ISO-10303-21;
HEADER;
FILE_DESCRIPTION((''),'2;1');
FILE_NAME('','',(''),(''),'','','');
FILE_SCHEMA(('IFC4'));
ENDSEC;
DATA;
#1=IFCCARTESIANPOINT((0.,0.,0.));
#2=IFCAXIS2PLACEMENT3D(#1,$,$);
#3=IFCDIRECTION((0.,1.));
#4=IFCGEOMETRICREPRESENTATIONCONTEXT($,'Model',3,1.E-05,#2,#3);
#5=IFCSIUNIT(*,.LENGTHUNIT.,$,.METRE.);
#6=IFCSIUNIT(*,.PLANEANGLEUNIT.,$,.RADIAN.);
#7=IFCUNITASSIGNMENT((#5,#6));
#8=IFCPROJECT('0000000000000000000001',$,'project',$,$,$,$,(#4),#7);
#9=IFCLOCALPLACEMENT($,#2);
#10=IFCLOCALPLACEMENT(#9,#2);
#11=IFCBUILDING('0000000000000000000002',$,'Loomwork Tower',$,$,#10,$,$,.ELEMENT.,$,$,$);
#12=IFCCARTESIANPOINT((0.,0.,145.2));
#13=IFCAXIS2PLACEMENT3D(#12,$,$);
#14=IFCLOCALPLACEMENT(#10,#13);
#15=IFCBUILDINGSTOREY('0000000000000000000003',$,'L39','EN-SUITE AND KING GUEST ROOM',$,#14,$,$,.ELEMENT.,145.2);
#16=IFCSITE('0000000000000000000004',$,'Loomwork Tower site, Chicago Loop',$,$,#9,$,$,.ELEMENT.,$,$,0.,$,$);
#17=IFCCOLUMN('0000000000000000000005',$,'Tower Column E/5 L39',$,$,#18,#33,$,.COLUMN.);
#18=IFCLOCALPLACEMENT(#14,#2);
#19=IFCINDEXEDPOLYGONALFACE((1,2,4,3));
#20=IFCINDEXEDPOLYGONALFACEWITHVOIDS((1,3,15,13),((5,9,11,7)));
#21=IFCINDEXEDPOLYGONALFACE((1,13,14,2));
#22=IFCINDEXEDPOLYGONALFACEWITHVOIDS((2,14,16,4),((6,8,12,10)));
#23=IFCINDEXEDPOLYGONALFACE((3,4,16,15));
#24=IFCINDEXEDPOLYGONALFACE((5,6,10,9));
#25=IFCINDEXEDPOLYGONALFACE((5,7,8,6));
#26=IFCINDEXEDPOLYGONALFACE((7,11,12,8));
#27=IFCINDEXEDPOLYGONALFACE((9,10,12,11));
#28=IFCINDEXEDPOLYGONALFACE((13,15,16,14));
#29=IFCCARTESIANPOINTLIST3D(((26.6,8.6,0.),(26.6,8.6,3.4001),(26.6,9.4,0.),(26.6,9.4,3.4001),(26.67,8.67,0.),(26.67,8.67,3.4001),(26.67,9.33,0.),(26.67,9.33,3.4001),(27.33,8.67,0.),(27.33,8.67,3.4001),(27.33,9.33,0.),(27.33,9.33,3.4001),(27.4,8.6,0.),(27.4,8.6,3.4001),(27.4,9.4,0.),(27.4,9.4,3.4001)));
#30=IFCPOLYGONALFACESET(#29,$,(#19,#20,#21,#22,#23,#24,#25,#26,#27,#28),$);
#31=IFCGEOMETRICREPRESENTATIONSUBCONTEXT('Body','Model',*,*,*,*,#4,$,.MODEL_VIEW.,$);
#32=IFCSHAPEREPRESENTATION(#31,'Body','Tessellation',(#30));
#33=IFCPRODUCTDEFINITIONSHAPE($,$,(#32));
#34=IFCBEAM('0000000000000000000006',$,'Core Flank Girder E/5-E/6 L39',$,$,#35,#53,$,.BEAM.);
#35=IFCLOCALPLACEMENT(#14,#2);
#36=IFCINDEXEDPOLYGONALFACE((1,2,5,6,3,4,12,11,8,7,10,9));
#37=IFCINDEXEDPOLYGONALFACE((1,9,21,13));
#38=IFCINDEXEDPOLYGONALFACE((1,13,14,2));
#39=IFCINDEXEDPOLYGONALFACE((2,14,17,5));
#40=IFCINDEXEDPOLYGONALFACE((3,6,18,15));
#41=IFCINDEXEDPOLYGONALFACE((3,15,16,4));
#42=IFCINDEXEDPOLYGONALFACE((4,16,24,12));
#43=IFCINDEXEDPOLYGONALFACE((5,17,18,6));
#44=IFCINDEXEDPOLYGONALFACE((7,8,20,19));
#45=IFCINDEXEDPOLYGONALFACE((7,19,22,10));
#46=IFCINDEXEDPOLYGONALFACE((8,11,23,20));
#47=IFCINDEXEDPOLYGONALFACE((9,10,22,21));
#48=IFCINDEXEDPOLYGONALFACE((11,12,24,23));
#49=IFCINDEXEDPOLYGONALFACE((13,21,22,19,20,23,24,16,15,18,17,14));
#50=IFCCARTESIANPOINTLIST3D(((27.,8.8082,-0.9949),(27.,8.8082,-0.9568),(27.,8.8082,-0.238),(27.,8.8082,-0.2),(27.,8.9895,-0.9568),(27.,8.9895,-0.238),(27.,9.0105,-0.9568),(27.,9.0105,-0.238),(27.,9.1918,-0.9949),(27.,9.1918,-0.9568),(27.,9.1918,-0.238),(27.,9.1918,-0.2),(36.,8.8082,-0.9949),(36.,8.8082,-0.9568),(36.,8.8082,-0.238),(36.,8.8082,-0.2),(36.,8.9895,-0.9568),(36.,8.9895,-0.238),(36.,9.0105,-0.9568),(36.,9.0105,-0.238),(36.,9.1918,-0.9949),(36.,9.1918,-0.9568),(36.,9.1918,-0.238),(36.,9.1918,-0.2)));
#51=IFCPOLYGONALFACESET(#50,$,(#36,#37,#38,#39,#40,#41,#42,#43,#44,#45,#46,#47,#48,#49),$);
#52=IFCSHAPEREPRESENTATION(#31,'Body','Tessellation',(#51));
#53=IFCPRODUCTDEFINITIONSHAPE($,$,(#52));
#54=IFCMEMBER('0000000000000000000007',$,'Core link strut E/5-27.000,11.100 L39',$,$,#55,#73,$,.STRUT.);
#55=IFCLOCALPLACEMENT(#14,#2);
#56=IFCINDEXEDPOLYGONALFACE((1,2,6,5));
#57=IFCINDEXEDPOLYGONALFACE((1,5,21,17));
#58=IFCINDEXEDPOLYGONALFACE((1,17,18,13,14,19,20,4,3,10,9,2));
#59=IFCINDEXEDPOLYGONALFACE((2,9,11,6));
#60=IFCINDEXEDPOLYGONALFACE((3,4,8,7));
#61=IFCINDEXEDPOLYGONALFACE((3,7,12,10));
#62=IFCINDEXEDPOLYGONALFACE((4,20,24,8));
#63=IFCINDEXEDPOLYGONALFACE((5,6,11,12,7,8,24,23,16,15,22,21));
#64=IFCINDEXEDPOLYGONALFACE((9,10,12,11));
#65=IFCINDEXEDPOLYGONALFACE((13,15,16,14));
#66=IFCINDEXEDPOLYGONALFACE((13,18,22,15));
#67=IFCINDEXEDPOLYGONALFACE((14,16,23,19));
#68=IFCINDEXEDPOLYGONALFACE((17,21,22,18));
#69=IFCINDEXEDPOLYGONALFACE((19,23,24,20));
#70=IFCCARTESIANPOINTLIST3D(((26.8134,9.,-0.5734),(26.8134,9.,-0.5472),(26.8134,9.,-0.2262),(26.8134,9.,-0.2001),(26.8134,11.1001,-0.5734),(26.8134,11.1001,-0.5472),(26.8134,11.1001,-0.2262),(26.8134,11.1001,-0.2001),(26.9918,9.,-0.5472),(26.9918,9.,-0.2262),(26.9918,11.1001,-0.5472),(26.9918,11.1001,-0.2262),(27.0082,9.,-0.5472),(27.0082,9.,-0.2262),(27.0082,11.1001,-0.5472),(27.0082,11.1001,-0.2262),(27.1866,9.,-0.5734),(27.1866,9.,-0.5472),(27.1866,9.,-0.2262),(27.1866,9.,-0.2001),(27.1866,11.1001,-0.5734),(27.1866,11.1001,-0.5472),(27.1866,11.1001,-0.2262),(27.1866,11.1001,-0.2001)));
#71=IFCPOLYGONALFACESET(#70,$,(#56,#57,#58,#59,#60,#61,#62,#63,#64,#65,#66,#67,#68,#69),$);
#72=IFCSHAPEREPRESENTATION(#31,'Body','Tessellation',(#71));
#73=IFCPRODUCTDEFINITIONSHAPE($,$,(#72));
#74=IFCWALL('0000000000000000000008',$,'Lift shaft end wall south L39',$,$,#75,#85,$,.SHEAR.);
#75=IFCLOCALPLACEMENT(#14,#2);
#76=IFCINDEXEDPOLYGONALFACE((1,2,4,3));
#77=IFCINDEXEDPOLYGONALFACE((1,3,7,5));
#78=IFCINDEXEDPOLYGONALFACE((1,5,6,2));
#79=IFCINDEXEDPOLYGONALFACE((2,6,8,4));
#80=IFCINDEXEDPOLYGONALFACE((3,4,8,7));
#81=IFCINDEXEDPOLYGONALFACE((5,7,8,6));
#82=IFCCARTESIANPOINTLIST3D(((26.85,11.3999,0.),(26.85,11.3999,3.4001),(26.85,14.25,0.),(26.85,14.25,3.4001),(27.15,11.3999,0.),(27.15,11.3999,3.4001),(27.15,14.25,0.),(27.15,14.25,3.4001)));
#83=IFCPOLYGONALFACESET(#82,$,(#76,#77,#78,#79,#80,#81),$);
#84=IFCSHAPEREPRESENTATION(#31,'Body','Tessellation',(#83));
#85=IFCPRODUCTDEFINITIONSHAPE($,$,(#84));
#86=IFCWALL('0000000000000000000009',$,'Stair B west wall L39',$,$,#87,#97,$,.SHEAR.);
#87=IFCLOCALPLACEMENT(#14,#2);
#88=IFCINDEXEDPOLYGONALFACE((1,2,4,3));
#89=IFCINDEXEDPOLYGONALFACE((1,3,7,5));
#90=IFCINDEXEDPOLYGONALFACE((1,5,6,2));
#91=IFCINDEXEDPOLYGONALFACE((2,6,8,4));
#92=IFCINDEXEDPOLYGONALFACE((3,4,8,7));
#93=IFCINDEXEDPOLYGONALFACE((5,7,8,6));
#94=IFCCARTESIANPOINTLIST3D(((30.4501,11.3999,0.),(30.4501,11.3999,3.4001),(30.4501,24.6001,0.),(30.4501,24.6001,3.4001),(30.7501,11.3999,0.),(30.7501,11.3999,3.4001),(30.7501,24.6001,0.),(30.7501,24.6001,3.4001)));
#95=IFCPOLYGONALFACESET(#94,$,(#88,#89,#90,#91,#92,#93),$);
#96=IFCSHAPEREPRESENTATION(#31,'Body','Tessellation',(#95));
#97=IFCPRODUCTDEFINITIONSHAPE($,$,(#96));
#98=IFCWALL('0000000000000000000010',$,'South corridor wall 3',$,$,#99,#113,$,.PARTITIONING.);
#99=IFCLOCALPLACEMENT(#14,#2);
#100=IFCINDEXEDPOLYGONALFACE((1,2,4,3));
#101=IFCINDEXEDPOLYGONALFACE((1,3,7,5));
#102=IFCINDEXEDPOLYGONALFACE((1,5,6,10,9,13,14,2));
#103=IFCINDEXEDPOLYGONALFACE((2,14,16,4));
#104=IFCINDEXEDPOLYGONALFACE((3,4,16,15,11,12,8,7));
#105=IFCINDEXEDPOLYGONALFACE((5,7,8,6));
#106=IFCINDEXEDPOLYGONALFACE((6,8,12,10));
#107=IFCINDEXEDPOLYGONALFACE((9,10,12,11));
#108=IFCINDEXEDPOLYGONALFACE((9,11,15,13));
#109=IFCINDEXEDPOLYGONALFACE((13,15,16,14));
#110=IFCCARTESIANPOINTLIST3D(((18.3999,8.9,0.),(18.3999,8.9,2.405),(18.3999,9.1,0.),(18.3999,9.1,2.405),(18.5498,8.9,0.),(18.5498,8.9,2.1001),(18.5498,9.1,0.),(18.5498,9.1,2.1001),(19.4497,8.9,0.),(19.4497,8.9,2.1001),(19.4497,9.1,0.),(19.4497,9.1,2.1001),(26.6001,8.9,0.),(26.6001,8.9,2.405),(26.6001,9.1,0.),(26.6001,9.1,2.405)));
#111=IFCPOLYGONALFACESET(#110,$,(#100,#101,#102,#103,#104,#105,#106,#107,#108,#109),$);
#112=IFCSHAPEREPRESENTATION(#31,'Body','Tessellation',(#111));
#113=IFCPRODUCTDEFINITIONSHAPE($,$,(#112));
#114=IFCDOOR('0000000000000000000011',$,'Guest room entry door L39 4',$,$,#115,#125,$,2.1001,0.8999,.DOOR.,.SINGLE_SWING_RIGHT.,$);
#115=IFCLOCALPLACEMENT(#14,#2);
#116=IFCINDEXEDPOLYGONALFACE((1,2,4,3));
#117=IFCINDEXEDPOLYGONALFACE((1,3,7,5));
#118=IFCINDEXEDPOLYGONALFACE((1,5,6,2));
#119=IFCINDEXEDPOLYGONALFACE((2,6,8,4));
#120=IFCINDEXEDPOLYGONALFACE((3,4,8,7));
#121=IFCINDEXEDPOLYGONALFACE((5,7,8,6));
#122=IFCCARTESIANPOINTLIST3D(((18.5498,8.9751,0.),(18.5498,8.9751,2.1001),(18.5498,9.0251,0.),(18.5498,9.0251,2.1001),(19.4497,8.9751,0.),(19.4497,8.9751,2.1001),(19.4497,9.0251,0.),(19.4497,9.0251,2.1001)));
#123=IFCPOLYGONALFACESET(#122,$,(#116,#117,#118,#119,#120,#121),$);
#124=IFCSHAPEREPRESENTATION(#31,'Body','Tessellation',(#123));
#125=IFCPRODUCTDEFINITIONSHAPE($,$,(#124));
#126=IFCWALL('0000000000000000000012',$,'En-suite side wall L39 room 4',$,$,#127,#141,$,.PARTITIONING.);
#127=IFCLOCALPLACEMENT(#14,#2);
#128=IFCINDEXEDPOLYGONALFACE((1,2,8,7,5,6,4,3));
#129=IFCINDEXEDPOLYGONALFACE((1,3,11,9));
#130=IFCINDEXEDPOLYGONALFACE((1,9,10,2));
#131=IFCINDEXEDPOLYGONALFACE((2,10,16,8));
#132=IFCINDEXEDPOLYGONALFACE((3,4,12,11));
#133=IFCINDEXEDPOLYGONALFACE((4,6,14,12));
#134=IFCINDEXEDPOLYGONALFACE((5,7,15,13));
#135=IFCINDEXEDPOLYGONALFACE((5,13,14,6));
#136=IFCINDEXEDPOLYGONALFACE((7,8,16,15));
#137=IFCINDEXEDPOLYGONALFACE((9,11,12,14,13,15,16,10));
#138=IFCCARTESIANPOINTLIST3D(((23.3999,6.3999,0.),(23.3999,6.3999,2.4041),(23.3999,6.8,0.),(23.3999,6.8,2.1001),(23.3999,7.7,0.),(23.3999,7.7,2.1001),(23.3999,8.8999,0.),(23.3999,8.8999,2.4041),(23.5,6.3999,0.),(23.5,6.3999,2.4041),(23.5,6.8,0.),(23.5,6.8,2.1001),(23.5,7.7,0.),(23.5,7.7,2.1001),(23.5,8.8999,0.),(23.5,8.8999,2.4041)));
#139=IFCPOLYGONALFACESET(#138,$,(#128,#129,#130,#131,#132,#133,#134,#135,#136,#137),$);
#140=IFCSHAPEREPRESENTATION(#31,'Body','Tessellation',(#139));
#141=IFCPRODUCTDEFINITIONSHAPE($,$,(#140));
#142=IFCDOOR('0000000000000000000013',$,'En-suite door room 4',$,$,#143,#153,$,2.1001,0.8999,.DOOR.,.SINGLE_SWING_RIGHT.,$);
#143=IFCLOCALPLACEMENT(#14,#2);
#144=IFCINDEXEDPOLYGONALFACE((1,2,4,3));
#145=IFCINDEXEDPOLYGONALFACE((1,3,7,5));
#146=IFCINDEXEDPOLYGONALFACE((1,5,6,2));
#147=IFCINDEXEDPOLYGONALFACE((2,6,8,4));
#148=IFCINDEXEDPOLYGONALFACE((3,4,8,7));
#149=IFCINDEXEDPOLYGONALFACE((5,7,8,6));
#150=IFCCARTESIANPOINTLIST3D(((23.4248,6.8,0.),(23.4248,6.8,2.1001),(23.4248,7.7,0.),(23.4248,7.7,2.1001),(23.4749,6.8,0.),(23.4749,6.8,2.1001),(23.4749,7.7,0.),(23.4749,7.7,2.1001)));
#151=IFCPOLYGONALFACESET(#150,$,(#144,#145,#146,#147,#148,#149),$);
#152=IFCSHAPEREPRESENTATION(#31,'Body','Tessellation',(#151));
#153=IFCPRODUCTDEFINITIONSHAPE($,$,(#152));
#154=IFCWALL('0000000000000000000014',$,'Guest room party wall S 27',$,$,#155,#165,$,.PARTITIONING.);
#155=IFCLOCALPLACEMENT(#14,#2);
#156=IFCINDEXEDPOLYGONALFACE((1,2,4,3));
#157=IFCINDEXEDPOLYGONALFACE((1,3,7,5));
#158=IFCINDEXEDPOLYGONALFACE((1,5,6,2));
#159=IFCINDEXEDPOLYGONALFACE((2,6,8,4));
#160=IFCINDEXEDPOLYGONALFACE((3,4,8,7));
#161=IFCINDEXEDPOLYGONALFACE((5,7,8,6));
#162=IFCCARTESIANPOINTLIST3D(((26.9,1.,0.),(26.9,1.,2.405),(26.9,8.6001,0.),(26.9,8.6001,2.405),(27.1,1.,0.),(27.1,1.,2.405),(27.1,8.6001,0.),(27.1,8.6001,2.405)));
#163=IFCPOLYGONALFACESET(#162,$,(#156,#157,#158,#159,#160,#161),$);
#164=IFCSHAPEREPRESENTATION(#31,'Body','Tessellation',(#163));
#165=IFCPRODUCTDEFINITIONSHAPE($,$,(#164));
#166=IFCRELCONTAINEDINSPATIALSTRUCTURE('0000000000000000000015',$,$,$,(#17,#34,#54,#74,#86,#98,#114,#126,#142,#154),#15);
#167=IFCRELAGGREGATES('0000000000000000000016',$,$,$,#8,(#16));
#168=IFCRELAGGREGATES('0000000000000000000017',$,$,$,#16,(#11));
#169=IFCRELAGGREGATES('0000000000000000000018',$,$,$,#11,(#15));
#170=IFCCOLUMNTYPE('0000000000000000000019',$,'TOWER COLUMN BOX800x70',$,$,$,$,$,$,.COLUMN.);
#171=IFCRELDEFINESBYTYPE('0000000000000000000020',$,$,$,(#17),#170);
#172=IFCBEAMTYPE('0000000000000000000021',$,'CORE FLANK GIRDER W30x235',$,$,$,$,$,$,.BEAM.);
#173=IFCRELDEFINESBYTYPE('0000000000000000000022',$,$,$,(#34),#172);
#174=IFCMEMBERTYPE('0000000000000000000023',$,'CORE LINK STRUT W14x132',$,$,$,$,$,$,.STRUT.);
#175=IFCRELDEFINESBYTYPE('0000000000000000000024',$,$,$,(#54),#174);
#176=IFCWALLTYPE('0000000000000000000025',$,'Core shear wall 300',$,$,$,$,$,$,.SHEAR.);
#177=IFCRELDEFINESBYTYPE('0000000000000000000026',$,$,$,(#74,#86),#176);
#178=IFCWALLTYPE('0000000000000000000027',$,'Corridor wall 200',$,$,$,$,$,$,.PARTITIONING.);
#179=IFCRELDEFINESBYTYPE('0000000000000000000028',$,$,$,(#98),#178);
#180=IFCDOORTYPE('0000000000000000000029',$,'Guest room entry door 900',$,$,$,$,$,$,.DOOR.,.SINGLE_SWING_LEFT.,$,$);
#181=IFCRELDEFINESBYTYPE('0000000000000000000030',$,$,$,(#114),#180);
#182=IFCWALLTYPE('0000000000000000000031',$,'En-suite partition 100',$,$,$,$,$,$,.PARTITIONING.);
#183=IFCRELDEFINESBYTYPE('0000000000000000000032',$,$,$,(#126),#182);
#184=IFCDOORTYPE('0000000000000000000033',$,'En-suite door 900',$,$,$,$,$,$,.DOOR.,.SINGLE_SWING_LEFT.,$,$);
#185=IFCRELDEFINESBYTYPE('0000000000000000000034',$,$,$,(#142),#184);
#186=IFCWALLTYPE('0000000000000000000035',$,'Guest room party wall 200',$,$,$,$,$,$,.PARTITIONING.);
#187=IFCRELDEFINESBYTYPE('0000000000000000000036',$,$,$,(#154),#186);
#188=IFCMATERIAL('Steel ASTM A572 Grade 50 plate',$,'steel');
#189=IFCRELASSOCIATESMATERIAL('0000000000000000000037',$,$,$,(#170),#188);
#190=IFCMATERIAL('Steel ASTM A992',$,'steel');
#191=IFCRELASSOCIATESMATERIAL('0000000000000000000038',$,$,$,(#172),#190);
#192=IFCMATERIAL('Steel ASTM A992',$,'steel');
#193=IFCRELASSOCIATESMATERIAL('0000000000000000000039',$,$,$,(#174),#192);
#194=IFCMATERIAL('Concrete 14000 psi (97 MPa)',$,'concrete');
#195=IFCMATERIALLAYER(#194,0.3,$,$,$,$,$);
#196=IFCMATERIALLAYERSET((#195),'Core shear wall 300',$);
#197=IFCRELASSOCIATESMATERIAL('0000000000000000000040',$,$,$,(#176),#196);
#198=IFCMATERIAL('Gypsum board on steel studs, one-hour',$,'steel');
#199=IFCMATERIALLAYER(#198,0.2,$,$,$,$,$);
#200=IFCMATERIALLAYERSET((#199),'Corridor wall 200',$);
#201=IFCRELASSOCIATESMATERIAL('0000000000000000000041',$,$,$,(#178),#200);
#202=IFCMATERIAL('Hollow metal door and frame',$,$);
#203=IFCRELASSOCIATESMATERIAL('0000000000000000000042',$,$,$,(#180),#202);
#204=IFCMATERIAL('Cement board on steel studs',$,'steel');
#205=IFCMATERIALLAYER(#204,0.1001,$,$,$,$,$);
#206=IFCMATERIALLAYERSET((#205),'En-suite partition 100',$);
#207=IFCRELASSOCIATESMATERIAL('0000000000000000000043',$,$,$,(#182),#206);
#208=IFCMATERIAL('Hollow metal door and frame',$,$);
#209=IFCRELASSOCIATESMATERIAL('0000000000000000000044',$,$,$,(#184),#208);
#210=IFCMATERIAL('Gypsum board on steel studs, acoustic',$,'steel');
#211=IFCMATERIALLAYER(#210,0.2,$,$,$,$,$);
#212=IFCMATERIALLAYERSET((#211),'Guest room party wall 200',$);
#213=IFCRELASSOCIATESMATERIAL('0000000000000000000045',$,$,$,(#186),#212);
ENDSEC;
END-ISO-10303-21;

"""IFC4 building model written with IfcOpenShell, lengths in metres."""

from ifc_helpers import new_model, si_unit, direction, frame, frame_2d, origin, origin_2d, place, context, subcontext, project, spatial, rectangle, hollow_rectangle, i_section, extrude, material, layer, layer_set, material_profile, profile_set, type_object, element, fill, save


model = new_model("IFC4")

# Units and contexts
model_context = context("Model", 3, precision=1e-05, world=origin(), true_north=direction((0.0, 1.0)))
body_context = subcontext(model_context, "Body", "Model", "MODEL_VIEW")
ifc_project = project(units=[si_unit("LENGTHUNIT", "METRE"), si_unit("PLANEANGLEUNIT", "RADIAN")], contexts=[model_context])

# Site, building, storey
site_placement = place(None, origin())
site = spatial("IfcSite", under=ifc_project, at=site_placement, Name="Loomwork Tower site, Chicago Loop", CompositionType="ELEMENT", RefElevation=0.0)
building_placement = place(site_placement, origin())
building = spatial("IfcBuilding", under=site, at=building_placement, Name="Loomwork Tower", CompositionType="ELEMENT")
storey_placement = place(building_placement, frame((0.0, 0.0, 145.2)))
storey = spatial("IfcBuildingStorey", under=building, at=storey_placement, Name="L39", Description="EN-SUITE AND KING GUEST ROOM", CompositionType="ELEMENT", Elevation=145.2)

# Column
ifc_material_1 = material(Name="Steel ASTM A572 Grade 50 plate", Category="steel")
ifc_material_profile_1 = material_profile(ifc_material_1, hollow_rectangle(XDim=0.8, YDim=0.8, WallThickness=0.0701, at=origin_2d()), Name="BOX800x70")
ifc_profile_set_1 = profile_set([ifc_material_profile_1], Name="Steel ASTM A572 Grade 50 plate")
column_type = type_object("IfcColumnType", Name="TOWER COLUMN BOX800x70", PredefinedType="COLUMN", material=ifc_profile_set_1)
column_placement = place(storey_placement, frame((27.0, 9.0, 0.0), z_axis=(0.0, 0.0, 1.0), x_axis=(1.0, 0.0, 0.0)))
element("IfcColumn", 1, at=column_placement, inside=storey, type_object=column_type, Name="Tower Column E/5 L39", PredefinedType="COLUMN", context=body_context, shape_type="SweptSolid", body=[
    extrude(hollow_rectangle(XDim=0.8, YDim=0.8, WallThickness=0.0701, at=origin_2d()), origin(), (0.0, 0.0, 1.0), 3.4001),
])

# Beam
ifc_material_2 = material(Name="Steel ASTM A992", Category="steel")
ifc_material_profile_2 = material_profile(ifc_material_2, i_section(OverallWidth=0.3835, OverallDepth=0.7949, WebThickness=0.021, FlangeThickness=0.0381, at=origin_2d()), Name="W30x235")
ifc_profile_set_2 = profile_set([ifc_material_profile_2], Name="Steel ASTM A992")
beam_type = type_object("IfcBeamType", Name="CORE FLANK GIRDER W30x235", PredefinedType="BEAM", material=ifc_profile_set_2)
beam_placement = place(storey_placement, frame((27.0, 9.0, -0.5974), z_axis=(1.0, 0.0, 0.0), x_axis=(0.0, 1.0, 0.0)))
element("IfcBeam", 2, at=beam_placement, inside=storey, type_object=beam_type, Name="Core Flank Girder E/5-E/6 L39", PredefinedType="BEAM", context=body_context, shape_type="SweptSolid", body=[
    extrude(i_section(OverallWidth=0.3835, OverallDepth=0.7949, WebThickness=0.021, FlangeThickness=0.0381, at=origin_2d()), origin(), (0.0, 0.0, 1.0), 9.0),
])

# Member
ifc_material_3 = material(Name="Steel ASTM A992", Category="steel")
ifc_material_profile_3 = material_profile(ifc_material_3, i_section(OverallWidth=0.3733, OverallDepth=0.3733, WebThickness=0.0164, FlangeThickness=0.0261, at=origin_2d()), Name="W14x132")
ifc_profile_set_3 = profile_set([ifc_material_profile_3], Name="Steel ASTM A992")
member_type = type_object("IfcMemberType", Name="CORE LINK STRUT W14x132", PredefinedType="STRUT", material=ifc_profile_set_3)
member_placement = place(storey_placement, frame((27.0, 9.0, -0.3867), z_axis=(0.0, 1.0, 0.0), x_axis=(-1.0, 0.0, 0.0)))
element("IfcMember", 3, at=member_placement, inside=storey, type_object=member_type, Name="Core link strut E/5-27.000,11.100 L39", PredefinedType="STRUT", context=body_context, shape_type="SweptSolid", body=[
    extrude(i_section(OverallWidth=0.3733, OverallDepth=0.3733, WebThickness=0.0164, FlangeThickness=0.0261, at=origin_2d()), origin(), (0.0, 0.0, 1.0), 2.1001),
])

# Walls
ifc_material_4 = material(Name="Concrete 14000 psi (97 MPa)", Category="concrete")
ifc_layer_1 = layer(ifc_material_4, 0.3)
ifc_layer_set_1 = layer_set([ifc_layer_1], Name="Core shear wall 300")
wall_type_1 = type_object("IfcWallType", Name="Core shear wall 300", PredefinedType="SHEAR", material=ifc_layer_set_1)
wall_1_placement = place(storey_placement, frame((27.0, 11.3999, 0.0), z_axis=(0.0, 0.0, 1.0), x_axis=(0.0, 1.0, 0.0)))
element("IfcWall", 4, at=wall_1_placement, inside=storey, type_object=wall_type_1, Name="Lift shaft end wall south L39", PredefinedType="SHEAR", context=body_context, shape_type="SweptSolid", body=[
    extrude(rectangle(XDim=2.8501, YDim=0.3, at=frame_2d((1.425, 0.0))), origin(), (0.0, 0.0, 1.0), 3.4001),
])
wall_2_placement = place(storey_placement, frame((30.6001, 11.3999, 0.0), z_axis=(0.0, 0.0, 1.0), x_axis=(0.0, 1.0, 0.0)))
element("IfcWall", 5, at=wall_2_placement, inside=storey, type_object=wall_type_1, Name="Stair B west wall L39", PredefinedType="SHEAR", context=body_context, shape_type="SweptSolid", body=[
    extrude(rectangle(XDim=13.2002, YDim=0.3, at=frame_2d((6.6001, 0.0))), origin(), (0.0, 0.0, 1.0), 3.4001),
])

# Walls, openings, doors
ifc_material_5 = material(Name="Gypsum board on steel studs, one-hour", Category="steel")
ifc_layer_2 = layer(ifc_material_5, 0.2)
ifc_layer_set_2 = layer_set([ifc_layer_2], Name="Corridor wall 200")
wall_type_2 = type_object("IfcWallType", Name="Corridor wall 200", PredefinedType="PARTITIONING", material=ifc_layer_set_2)
wall_3_placement = place(storey_placement, frame((18.3999, 9.0, 0.0), z_axis=(0.0, 0.0, 1.0), x_axis=(1.0, 0.0, 0.0)))
wall_3 = element("IfcWall", 6, at=wall_3_placement, inside=storey, type_object=wall_type_2, Name="South corridor wall 3", PredefinedType="PARTITIONING", context=body_context, shape_type="SweptSolid", body=[
    extrude(rectangle(XDim=8.2002, YDim=0.2, at=frame_2d((4.1001, 0.0))), origin(), (0.0, 0.0, 1.0), 2.405),
])
opening_1_placement = place(wall_3_placement, frame((0.1499, 0.0, 0.0)))
opening_1 = element("IfcOpeningElement", 7, at=opening_1_placement, cuts=wall_3, PredefinedType="OPENING", context=body_context, shape_type="SweptSolid", body=[
    extrude(rectangle(XDim=0.8999, YDim=2.1001, at=frame_2d((0.45, 1.05))), frame((0.0, 0.1099, 0.0), z_axis=(0.0, -1.0, 0.0), x_axis=(1.0, 0.0, 0.0)), (0.0, 0.0, 1.0), 0.22),
])
ifc_material_6 = material(Name="Hollow metal door and frame")
door_type_1 = type_object("IfcDoorType", Name="Guest room entry door 900", OperationType="SINGLE_SWING_LEFT", PredefinedType="DOOR", material=ifc_material_6)
door_1_placement = place(opening_1_placement, frame((0.8999, 0.0, 0.0), z_axis=(0.0, 0.0, 1.0), x_axis=(-1.0, 0.0, 0.0)))
door_1 = element("IfcDoor", 8, at=door_1_placement, inside=storey, type_object=door_type_1, Name="Guest room entry door L39 4", OperationType="SINGLE_SWING_RIGHT", OverallHeight=2.1001, OverallWidth=0.8999, PredefinedType="DOOR", context=body_context, shape_type="SweptSolid", body=[
    extrude(rectangle(XDim=0.8999, YDim=2.1001, at=frame_2d((0.45, 1.05))), frame((0.0, 0.0249, 0.0), z_axis=(0.0, -1.0, 0.0), x_axis=(1.0, 0.0, 0.0)), (0.0, 0.0, 1.0), 0.05),
])
fill(opening_1, door_1)
ifc_material_7 = material(Name="Cement board on steel studs", Category="steel")
ifc_layer_3 = layer(ifc_material_7, 0.1001)
ifc_layer_set_3 = layer_set([ifc_layer_3], Name="En-suite partition 100")
wall_type_3 = type_object("IfcWallType", Name="En-suite partition 100", PredefinedType="PARTITIONING", material=ifc_layer_set_3)
wall_4_placement = place(storey_placement, frame((23.45, 8.8999, 0.0), z_axis=(0.0, 0.0, 1.0), x_axis=(0.0, -1.0, 0.0)))
wall_4 = element("IfcWall", 9, at=wall_4_placement, inside=storey, type_object=wall_type_3, Name="En-suite side wall L39 room 4", PredefinedType="PARTITIONING", context=body_context, shape_type="SweptSolid", body=[
    extrude(rectangle(XDim=2.5, YDim=0.1001, at=frame_2d((1.25, 0.0))), origin(), (0.0, 0.0, 1.0), 2.4041),
])
opening_2_placement = place(wall_4_placement, frame((1.2, 0.0, 0.0)))
opening_2 = element("IfcOpeningElement", 10, at=opening_2_placement, cuts=wall_4, PredefinedType="OPENING", context=body_context, shape_type="SweptSolid", body=[
    extrude(rectangle(XDim=0.8999, YDim=2.1001, at=frame_2d((0.45, 1.05))), frame((0.0, 0.0601, 0.0), z_axis=(0.0, -1.0, 0.0), x_axis=(1.0, 0.0, 0.0)), (0.0, 0.0, 1.0), 0.1201),
])
ifc_material_8 = material(Name="Hollow metal door and frame")
door_type_2 = type_object("IfcDoorType", Name="En-suite door 900", OperationType="SINGLE_SWING_LEFT", PredefinedType="DOOR", material=ifc_material_8)
door_2_placement = place(opening_2_placement, origin())
door_2 = element("IfcDoor", 11, at=door_2_placement, inside=storey, type_object=door_type_2, Name="En-suite door room 4", OperationType="SINGLE_SWING_RIGHT", OverallHeight=2.1001, OverallWidth=0.8999, PredefinedType="DOOR", context=body_context, shape_type="SweptSolid", body=[
    extrude(rectangle(XDim=0.8999, YDim=2.1001, at=frame_2d((0.45, 1.05))), frame((0.0, 0.0249, 0.0), z_axis=(0.0, -1.0, 0.0), x_axis=(1.0, 0.0, 0.0)), (0.0, 0.0, 1.0), 0.05),
])
fill(opening_2, door_2)

# Wall
ifc_material_9 = material(Name="Gypsum board on steel studs, acoustic", Category="steel")
ifc_layer_4 = layer(ifc_material_9, 0.2)
ifc_layer_set_4 = layer_set([ifc_layer_4], Name="Guest room party wall 200")
wall_type_4 = type_object("IfcWallType", Name="Guest room party wall 200", PredefinedType="PARTITIONING", material=ifc_layer_set_4)
wall_5_placement = place(storey_placement, frame((27.0, 8.6001, 0.0), z_axis=(0.0, 0.0, 1.0), x_axis=(0.0, -1.0, 0.0)))
element("IfcWall", 12, at=wall_5_placement, inside=storey, type_object=wall_type_4, Name="Guest room party wall S 27", PredefinedType="PARTITIONING", context=body_context, shape_type="SweptSolid", body=[
    extrude(rectangle(XDim=7.6001, YDim=0.2, at=frame_2d((3.8, 0.0))), origin(), (0.0, 0.0, 1.0), 2.405),
])

save(model, "model.ifc")
